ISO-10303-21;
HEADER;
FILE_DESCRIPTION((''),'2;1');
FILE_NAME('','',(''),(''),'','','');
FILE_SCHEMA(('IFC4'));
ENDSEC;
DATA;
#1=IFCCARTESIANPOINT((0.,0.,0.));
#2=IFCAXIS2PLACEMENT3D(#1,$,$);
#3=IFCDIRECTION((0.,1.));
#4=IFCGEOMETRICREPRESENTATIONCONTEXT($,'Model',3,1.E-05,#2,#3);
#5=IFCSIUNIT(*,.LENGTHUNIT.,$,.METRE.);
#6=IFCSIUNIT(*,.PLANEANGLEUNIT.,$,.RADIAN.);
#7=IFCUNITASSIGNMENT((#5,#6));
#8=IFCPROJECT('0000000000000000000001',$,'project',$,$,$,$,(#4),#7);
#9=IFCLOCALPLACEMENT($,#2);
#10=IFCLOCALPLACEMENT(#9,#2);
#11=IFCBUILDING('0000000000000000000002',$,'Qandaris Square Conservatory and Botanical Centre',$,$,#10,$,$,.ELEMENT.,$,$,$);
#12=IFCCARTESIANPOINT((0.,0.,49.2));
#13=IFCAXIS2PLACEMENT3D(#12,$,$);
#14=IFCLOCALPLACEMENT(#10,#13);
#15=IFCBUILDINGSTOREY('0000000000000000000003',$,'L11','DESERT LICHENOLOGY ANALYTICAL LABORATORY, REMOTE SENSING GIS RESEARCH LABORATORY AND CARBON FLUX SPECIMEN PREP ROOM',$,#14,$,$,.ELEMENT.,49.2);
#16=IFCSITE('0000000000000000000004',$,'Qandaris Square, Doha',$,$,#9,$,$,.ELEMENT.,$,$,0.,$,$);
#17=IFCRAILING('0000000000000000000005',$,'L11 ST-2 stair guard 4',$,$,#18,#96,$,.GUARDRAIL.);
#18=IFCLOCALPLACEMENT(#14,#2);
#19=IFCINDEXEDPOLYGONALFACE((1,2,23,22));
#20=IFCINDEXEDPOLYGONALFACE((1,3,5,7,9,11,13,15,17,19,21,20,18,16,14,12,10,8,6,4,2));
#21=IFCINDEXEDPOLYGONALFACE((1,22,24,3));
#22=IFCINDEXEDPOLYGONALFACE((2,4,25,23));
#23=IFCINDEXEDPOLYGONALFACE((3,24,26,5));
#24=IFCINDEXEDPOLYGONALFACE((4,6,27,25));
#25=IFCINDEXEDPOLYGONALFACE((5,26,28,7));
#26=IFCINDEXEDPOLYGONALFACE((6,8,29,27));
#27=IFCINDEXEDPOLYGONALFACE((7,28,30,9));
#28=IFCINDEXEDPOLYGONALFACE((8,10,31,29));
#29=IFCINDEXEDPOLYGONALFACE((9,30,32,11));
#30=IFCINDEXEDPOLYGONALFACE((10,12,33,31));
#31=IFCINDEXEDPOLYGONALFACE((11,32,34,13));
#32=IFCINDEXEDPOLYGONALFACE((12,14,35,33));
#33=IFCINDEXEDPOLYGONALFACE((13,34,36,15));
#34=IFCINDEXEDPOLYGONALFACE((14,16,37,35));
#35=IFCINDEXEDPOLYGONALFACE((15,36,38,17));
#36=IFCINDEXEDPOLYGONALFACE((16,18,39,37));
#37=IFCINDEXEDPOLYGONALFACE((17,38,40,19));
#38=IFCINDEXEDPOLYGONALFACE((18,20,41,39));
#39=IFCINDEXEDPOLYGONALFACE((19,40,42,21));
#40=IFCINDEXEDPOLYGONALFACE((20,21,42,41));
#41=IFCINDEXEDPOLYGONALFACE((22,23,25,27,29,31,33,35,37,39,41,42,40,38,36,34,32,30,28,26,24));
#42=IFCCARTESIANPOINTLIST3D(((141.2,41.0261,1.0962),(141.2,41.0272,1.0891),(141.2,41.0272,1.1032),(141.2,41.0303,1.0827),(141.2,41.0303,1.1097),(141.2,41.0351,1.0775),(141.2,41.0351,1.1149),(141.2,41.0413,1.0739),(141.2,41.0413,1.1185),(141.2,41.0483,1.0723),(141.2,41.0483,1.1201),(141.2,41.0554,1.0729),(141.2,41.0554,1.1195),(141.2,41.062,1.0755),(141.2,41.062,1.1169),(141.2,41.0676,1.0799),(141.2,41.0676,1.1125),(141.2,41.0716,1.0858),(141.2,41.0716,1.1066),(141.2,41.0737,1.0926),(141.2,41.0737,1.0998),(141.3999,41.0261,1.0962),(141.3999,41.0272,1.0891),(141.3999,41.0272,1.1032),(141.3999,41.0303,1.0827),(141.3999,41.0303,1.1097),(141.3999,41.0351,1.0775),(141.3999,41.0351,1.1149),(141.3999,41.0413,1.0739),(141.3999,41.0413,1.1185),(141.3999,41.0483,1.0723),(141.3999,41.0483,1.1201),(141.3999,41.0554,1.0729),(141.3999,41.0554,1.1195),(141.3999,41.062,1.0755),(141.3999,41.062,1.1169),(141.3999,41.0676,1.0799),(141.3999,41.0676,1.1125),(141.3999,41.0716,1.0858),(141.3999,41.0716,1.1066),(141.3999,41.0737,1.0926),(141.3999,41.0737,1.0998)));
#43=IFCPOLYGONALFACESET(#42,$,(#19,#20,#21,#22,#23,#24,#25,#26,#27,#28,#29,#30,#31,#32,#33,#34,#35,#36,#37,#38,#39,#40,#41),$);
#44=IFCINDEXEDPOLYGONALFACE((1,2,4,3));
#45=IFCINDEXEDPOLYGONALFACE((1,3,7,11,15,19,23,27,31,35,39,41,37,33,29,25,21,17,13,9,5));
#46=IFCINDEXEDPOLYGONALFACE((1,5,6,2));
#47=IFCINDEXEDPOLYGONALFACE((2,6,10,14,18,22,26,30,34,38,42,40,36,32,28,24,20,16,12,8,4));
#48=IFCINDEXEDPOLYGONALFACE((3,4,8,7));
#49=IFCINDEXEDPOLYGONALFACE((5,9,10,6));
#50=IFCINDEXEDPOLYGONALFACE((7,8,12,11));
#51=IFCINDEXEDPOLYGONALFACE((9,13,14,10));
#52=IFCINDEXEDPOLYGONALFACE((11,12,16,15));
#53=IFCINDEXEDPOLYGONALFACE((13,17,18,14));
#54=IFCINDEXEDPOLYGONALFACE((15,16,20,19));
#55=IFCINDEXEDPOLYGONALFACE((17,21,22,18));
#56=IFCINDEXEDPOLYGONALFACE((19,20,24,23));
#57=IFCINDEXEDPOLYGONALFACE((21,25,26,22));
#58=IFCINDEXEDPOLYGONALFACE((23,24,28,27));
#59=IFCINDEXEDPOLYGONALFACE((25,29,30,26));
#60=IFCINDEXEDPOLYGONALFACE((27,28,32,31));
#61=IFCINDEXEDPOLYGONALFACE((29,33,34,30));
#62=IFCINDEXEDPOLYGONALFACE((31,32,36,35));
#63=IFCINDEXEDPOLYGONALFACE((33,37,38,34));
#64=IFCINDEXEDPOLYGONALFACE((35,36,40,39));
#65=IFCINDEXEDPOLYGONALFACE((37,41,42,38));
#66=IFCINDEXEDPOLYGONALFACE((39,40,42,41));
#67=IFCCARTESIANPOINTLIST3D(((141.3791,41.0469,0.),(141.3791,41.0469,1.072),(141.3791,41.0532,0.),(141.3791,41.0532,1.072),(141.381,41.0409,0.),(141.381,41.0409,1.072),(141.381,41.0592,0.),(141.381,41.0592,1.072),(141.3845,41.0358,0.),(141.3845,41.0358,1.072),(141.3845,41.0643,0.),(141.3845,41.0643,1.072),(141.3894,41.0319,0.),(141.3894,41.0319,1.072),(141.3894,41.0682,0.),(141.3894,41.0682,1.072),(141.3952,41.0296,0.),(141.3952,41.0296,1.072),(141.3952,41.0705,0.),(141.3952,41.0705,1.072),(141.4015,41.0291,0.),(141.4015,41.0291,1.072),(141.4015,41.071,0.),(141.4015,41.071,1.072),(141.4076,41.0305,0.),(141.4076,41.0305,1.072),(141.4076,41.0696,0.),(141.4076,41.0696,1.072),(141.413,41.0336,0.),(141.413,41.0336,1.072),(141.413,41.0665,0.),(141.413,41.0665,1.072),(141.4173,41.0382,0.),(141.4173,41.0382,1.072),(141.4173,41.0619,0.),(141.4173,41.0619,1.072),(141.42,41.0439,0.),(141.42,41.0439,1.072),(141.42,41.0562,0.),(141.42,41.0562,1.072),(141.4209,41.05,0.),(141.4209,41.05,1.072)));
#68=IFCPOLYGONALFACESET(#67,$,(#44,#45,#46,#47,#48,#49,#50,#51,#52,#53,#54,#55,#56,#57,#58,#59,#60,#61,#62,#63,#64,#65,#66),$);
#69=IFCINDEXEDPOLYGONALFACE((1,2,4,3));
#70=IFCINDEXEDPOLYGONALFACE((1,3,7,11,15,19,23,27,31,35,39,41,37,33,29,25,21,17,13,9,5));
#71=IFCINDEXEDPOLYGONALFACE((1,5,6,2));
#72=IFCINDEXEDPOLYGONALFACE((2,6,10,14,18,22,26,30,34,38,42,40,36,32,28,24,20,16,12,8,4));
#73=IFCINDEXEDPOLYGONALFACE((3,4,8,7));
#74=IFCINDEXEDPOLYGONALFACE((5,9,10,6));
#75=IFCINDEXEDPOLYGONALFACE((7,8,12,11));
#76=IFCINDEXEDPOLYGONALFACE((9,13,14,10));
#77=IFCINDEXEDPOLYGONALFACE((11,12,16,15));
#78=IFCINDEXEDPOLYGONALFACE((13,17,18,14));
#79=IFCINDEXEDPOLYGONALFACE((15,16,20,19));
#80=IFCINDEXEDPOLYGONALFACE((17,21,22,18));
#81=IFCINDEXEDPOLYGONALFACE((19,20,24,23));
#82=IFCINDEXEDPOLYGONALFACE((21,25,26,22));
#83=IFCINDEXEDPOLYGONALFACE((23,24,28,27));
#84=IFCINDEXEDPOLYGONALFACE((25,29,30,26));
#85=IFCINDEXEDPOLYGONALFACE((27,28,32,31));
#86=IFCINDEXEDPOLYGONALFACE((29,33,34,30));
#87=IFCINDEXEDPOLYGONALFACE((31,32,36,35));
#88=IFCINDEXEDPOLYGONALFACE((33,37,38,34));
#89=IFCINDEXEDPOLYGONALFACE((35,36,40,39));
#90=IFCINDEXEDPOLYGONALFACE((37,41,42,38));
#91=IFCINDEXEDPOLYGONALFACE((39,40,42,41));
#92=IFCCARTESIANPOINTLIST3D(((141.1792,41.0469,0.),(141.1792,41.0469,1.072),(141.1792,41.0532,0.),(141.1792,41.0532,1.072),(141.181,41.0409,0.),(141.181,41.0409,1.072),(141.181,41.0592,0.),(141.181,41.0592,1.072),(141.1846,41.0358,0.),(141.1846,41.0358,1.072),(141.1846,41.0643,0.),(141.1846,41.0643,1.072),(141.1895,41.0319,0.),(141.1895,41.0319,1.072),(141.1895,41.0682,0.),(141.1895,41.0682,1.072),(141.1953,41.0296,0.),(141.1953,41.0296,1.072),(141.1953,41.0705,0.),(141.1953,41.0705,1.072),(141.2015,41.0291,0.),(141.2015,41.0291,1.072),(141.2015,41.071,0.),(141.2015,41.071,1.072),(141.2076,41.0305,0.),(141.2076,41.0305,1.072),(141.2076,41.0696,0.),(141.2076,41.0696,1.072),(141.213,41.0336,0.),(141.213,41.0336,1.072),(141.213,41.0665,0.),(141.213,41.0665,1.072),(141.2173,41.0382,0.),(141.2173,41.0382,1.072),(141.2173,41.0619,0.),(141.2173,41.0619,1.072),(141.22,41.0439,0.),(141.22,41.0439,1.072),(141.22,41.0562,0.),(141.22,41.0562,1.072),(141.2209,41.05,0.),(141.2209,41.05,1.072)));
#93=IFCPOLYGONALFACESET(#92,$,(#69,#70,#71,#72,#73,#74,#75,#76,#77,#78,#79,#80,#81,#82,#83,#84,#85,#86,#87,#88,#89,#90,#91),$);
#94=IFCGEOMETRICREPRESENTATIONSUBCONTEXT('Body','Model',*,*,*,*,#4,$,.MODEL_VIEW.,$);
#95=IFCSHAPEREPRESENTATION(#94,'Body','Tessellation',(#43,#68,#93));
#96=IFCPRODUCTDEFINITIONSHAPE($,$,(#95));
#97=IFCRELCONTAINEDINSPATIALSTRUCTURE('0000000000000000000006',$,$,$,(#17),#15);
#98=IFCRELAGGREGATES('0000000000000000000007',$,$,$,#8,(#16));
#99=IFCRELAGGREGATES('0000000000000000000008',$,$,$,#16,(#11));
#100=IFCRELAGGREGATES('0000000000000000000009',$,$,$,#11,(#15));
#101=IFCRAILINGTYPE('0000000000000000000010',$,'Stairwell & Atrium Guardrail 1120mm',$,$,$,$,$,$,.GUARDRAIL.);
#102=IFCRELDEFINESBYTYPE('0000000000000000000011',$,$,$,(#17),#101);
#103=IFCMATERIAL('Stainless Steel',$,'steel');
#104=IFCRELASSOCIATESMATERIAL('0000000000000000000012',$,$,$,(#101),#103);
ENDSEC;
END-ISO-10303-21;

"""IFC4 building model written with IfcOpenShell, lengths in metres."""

from ifc_helpers import new_model, si_unit, direction, frame, origin, origin_2d, place, context, subcontext, project, spatial, circle, extrude, material, type_object, element, save


model = new_model("IFC4")

# Units and contexts
model_context = context("Model", 3, precision=1e-05, world=origin(), true_north=direction((0.0, 1.0)))
body_context = subcontext(model_context, "Body", "Model", "MODEL_VIEW")
ifc_project = project(units=[si_unit("LENGTHUNIT", "METRE"), si_unit("PLANEANGLEUNIT", "RADIAN")], contexts=[model_context])

# Site, building, storey
site_placement = place(None, origin())
site = spatial("IfcSite", under=ifc_project, at=site_placement, Name="Qandaris Square, Doha", CompositionType="ELEMENT", RefElevation=0.0)
building_placement = place(site_placement, origin())
building = spatial("IfcBuilding", under=site, at=building_placement, Name="Qandaris Square Conservatory and Botanical Centre", CompositionType="ELEMENT")
storey_placement = place(building_placement, frame((0.0, 0.0, 49.2)))
storey = spatial("IfcBuildingStorey", under=building, at=storey_placement, Name="L11", Description="DESERT LICHENOLOGY ANALYTICAL LABORATORY, REMOTE SENSING GIS RESEARCH LABORATORY AND CARBON FLUX SPECIMEN PREP ROOM", CompositionType="ELEMENT", Elevation=49.2)

# Railing
ifc_material_1 = material(Name="Stainless Steel", Category="steel")
railing_type_1 = type_object("IfcRailingType", Name="Stairwell & Atrium Guardrail 1120mm", PredefinedType="GUARDRAIL", material=ifc_material_1)
railing_1_placement = place(storey_placement, frame((141.3999, 41.05, 0.0)))
element("IfcRailing", 1, at=railing_1_placement, inside=storey, type_object=railing_type_1, Name="L11 ST-2 stair guard 4", PredefinedType="GUARDRAIL", context=body_context, shape_type="SweptSolid", body=[
    extrude(circle(Radius=0.0239, at=origin_2d()), frame((0.0, 0.0, 1.0962), z_axis=(-1.0, 0.0, 0.0), x_axis=(0.0, -1.0, 0.0)), (0.0, 0.0, 1.0), 0.2),
    extrude(circle(Radius=0.021, at=origin_2d()), origin(), (0.0, 0.0, 1.0), 1.072),
    extrude(circle(Radius=0.021, at=origin_2d()), frame((-0.2, 0.0, 0.0)), (0.0, 0.0, 1.0), 1.072),
])

save(model, "model.ifc")
